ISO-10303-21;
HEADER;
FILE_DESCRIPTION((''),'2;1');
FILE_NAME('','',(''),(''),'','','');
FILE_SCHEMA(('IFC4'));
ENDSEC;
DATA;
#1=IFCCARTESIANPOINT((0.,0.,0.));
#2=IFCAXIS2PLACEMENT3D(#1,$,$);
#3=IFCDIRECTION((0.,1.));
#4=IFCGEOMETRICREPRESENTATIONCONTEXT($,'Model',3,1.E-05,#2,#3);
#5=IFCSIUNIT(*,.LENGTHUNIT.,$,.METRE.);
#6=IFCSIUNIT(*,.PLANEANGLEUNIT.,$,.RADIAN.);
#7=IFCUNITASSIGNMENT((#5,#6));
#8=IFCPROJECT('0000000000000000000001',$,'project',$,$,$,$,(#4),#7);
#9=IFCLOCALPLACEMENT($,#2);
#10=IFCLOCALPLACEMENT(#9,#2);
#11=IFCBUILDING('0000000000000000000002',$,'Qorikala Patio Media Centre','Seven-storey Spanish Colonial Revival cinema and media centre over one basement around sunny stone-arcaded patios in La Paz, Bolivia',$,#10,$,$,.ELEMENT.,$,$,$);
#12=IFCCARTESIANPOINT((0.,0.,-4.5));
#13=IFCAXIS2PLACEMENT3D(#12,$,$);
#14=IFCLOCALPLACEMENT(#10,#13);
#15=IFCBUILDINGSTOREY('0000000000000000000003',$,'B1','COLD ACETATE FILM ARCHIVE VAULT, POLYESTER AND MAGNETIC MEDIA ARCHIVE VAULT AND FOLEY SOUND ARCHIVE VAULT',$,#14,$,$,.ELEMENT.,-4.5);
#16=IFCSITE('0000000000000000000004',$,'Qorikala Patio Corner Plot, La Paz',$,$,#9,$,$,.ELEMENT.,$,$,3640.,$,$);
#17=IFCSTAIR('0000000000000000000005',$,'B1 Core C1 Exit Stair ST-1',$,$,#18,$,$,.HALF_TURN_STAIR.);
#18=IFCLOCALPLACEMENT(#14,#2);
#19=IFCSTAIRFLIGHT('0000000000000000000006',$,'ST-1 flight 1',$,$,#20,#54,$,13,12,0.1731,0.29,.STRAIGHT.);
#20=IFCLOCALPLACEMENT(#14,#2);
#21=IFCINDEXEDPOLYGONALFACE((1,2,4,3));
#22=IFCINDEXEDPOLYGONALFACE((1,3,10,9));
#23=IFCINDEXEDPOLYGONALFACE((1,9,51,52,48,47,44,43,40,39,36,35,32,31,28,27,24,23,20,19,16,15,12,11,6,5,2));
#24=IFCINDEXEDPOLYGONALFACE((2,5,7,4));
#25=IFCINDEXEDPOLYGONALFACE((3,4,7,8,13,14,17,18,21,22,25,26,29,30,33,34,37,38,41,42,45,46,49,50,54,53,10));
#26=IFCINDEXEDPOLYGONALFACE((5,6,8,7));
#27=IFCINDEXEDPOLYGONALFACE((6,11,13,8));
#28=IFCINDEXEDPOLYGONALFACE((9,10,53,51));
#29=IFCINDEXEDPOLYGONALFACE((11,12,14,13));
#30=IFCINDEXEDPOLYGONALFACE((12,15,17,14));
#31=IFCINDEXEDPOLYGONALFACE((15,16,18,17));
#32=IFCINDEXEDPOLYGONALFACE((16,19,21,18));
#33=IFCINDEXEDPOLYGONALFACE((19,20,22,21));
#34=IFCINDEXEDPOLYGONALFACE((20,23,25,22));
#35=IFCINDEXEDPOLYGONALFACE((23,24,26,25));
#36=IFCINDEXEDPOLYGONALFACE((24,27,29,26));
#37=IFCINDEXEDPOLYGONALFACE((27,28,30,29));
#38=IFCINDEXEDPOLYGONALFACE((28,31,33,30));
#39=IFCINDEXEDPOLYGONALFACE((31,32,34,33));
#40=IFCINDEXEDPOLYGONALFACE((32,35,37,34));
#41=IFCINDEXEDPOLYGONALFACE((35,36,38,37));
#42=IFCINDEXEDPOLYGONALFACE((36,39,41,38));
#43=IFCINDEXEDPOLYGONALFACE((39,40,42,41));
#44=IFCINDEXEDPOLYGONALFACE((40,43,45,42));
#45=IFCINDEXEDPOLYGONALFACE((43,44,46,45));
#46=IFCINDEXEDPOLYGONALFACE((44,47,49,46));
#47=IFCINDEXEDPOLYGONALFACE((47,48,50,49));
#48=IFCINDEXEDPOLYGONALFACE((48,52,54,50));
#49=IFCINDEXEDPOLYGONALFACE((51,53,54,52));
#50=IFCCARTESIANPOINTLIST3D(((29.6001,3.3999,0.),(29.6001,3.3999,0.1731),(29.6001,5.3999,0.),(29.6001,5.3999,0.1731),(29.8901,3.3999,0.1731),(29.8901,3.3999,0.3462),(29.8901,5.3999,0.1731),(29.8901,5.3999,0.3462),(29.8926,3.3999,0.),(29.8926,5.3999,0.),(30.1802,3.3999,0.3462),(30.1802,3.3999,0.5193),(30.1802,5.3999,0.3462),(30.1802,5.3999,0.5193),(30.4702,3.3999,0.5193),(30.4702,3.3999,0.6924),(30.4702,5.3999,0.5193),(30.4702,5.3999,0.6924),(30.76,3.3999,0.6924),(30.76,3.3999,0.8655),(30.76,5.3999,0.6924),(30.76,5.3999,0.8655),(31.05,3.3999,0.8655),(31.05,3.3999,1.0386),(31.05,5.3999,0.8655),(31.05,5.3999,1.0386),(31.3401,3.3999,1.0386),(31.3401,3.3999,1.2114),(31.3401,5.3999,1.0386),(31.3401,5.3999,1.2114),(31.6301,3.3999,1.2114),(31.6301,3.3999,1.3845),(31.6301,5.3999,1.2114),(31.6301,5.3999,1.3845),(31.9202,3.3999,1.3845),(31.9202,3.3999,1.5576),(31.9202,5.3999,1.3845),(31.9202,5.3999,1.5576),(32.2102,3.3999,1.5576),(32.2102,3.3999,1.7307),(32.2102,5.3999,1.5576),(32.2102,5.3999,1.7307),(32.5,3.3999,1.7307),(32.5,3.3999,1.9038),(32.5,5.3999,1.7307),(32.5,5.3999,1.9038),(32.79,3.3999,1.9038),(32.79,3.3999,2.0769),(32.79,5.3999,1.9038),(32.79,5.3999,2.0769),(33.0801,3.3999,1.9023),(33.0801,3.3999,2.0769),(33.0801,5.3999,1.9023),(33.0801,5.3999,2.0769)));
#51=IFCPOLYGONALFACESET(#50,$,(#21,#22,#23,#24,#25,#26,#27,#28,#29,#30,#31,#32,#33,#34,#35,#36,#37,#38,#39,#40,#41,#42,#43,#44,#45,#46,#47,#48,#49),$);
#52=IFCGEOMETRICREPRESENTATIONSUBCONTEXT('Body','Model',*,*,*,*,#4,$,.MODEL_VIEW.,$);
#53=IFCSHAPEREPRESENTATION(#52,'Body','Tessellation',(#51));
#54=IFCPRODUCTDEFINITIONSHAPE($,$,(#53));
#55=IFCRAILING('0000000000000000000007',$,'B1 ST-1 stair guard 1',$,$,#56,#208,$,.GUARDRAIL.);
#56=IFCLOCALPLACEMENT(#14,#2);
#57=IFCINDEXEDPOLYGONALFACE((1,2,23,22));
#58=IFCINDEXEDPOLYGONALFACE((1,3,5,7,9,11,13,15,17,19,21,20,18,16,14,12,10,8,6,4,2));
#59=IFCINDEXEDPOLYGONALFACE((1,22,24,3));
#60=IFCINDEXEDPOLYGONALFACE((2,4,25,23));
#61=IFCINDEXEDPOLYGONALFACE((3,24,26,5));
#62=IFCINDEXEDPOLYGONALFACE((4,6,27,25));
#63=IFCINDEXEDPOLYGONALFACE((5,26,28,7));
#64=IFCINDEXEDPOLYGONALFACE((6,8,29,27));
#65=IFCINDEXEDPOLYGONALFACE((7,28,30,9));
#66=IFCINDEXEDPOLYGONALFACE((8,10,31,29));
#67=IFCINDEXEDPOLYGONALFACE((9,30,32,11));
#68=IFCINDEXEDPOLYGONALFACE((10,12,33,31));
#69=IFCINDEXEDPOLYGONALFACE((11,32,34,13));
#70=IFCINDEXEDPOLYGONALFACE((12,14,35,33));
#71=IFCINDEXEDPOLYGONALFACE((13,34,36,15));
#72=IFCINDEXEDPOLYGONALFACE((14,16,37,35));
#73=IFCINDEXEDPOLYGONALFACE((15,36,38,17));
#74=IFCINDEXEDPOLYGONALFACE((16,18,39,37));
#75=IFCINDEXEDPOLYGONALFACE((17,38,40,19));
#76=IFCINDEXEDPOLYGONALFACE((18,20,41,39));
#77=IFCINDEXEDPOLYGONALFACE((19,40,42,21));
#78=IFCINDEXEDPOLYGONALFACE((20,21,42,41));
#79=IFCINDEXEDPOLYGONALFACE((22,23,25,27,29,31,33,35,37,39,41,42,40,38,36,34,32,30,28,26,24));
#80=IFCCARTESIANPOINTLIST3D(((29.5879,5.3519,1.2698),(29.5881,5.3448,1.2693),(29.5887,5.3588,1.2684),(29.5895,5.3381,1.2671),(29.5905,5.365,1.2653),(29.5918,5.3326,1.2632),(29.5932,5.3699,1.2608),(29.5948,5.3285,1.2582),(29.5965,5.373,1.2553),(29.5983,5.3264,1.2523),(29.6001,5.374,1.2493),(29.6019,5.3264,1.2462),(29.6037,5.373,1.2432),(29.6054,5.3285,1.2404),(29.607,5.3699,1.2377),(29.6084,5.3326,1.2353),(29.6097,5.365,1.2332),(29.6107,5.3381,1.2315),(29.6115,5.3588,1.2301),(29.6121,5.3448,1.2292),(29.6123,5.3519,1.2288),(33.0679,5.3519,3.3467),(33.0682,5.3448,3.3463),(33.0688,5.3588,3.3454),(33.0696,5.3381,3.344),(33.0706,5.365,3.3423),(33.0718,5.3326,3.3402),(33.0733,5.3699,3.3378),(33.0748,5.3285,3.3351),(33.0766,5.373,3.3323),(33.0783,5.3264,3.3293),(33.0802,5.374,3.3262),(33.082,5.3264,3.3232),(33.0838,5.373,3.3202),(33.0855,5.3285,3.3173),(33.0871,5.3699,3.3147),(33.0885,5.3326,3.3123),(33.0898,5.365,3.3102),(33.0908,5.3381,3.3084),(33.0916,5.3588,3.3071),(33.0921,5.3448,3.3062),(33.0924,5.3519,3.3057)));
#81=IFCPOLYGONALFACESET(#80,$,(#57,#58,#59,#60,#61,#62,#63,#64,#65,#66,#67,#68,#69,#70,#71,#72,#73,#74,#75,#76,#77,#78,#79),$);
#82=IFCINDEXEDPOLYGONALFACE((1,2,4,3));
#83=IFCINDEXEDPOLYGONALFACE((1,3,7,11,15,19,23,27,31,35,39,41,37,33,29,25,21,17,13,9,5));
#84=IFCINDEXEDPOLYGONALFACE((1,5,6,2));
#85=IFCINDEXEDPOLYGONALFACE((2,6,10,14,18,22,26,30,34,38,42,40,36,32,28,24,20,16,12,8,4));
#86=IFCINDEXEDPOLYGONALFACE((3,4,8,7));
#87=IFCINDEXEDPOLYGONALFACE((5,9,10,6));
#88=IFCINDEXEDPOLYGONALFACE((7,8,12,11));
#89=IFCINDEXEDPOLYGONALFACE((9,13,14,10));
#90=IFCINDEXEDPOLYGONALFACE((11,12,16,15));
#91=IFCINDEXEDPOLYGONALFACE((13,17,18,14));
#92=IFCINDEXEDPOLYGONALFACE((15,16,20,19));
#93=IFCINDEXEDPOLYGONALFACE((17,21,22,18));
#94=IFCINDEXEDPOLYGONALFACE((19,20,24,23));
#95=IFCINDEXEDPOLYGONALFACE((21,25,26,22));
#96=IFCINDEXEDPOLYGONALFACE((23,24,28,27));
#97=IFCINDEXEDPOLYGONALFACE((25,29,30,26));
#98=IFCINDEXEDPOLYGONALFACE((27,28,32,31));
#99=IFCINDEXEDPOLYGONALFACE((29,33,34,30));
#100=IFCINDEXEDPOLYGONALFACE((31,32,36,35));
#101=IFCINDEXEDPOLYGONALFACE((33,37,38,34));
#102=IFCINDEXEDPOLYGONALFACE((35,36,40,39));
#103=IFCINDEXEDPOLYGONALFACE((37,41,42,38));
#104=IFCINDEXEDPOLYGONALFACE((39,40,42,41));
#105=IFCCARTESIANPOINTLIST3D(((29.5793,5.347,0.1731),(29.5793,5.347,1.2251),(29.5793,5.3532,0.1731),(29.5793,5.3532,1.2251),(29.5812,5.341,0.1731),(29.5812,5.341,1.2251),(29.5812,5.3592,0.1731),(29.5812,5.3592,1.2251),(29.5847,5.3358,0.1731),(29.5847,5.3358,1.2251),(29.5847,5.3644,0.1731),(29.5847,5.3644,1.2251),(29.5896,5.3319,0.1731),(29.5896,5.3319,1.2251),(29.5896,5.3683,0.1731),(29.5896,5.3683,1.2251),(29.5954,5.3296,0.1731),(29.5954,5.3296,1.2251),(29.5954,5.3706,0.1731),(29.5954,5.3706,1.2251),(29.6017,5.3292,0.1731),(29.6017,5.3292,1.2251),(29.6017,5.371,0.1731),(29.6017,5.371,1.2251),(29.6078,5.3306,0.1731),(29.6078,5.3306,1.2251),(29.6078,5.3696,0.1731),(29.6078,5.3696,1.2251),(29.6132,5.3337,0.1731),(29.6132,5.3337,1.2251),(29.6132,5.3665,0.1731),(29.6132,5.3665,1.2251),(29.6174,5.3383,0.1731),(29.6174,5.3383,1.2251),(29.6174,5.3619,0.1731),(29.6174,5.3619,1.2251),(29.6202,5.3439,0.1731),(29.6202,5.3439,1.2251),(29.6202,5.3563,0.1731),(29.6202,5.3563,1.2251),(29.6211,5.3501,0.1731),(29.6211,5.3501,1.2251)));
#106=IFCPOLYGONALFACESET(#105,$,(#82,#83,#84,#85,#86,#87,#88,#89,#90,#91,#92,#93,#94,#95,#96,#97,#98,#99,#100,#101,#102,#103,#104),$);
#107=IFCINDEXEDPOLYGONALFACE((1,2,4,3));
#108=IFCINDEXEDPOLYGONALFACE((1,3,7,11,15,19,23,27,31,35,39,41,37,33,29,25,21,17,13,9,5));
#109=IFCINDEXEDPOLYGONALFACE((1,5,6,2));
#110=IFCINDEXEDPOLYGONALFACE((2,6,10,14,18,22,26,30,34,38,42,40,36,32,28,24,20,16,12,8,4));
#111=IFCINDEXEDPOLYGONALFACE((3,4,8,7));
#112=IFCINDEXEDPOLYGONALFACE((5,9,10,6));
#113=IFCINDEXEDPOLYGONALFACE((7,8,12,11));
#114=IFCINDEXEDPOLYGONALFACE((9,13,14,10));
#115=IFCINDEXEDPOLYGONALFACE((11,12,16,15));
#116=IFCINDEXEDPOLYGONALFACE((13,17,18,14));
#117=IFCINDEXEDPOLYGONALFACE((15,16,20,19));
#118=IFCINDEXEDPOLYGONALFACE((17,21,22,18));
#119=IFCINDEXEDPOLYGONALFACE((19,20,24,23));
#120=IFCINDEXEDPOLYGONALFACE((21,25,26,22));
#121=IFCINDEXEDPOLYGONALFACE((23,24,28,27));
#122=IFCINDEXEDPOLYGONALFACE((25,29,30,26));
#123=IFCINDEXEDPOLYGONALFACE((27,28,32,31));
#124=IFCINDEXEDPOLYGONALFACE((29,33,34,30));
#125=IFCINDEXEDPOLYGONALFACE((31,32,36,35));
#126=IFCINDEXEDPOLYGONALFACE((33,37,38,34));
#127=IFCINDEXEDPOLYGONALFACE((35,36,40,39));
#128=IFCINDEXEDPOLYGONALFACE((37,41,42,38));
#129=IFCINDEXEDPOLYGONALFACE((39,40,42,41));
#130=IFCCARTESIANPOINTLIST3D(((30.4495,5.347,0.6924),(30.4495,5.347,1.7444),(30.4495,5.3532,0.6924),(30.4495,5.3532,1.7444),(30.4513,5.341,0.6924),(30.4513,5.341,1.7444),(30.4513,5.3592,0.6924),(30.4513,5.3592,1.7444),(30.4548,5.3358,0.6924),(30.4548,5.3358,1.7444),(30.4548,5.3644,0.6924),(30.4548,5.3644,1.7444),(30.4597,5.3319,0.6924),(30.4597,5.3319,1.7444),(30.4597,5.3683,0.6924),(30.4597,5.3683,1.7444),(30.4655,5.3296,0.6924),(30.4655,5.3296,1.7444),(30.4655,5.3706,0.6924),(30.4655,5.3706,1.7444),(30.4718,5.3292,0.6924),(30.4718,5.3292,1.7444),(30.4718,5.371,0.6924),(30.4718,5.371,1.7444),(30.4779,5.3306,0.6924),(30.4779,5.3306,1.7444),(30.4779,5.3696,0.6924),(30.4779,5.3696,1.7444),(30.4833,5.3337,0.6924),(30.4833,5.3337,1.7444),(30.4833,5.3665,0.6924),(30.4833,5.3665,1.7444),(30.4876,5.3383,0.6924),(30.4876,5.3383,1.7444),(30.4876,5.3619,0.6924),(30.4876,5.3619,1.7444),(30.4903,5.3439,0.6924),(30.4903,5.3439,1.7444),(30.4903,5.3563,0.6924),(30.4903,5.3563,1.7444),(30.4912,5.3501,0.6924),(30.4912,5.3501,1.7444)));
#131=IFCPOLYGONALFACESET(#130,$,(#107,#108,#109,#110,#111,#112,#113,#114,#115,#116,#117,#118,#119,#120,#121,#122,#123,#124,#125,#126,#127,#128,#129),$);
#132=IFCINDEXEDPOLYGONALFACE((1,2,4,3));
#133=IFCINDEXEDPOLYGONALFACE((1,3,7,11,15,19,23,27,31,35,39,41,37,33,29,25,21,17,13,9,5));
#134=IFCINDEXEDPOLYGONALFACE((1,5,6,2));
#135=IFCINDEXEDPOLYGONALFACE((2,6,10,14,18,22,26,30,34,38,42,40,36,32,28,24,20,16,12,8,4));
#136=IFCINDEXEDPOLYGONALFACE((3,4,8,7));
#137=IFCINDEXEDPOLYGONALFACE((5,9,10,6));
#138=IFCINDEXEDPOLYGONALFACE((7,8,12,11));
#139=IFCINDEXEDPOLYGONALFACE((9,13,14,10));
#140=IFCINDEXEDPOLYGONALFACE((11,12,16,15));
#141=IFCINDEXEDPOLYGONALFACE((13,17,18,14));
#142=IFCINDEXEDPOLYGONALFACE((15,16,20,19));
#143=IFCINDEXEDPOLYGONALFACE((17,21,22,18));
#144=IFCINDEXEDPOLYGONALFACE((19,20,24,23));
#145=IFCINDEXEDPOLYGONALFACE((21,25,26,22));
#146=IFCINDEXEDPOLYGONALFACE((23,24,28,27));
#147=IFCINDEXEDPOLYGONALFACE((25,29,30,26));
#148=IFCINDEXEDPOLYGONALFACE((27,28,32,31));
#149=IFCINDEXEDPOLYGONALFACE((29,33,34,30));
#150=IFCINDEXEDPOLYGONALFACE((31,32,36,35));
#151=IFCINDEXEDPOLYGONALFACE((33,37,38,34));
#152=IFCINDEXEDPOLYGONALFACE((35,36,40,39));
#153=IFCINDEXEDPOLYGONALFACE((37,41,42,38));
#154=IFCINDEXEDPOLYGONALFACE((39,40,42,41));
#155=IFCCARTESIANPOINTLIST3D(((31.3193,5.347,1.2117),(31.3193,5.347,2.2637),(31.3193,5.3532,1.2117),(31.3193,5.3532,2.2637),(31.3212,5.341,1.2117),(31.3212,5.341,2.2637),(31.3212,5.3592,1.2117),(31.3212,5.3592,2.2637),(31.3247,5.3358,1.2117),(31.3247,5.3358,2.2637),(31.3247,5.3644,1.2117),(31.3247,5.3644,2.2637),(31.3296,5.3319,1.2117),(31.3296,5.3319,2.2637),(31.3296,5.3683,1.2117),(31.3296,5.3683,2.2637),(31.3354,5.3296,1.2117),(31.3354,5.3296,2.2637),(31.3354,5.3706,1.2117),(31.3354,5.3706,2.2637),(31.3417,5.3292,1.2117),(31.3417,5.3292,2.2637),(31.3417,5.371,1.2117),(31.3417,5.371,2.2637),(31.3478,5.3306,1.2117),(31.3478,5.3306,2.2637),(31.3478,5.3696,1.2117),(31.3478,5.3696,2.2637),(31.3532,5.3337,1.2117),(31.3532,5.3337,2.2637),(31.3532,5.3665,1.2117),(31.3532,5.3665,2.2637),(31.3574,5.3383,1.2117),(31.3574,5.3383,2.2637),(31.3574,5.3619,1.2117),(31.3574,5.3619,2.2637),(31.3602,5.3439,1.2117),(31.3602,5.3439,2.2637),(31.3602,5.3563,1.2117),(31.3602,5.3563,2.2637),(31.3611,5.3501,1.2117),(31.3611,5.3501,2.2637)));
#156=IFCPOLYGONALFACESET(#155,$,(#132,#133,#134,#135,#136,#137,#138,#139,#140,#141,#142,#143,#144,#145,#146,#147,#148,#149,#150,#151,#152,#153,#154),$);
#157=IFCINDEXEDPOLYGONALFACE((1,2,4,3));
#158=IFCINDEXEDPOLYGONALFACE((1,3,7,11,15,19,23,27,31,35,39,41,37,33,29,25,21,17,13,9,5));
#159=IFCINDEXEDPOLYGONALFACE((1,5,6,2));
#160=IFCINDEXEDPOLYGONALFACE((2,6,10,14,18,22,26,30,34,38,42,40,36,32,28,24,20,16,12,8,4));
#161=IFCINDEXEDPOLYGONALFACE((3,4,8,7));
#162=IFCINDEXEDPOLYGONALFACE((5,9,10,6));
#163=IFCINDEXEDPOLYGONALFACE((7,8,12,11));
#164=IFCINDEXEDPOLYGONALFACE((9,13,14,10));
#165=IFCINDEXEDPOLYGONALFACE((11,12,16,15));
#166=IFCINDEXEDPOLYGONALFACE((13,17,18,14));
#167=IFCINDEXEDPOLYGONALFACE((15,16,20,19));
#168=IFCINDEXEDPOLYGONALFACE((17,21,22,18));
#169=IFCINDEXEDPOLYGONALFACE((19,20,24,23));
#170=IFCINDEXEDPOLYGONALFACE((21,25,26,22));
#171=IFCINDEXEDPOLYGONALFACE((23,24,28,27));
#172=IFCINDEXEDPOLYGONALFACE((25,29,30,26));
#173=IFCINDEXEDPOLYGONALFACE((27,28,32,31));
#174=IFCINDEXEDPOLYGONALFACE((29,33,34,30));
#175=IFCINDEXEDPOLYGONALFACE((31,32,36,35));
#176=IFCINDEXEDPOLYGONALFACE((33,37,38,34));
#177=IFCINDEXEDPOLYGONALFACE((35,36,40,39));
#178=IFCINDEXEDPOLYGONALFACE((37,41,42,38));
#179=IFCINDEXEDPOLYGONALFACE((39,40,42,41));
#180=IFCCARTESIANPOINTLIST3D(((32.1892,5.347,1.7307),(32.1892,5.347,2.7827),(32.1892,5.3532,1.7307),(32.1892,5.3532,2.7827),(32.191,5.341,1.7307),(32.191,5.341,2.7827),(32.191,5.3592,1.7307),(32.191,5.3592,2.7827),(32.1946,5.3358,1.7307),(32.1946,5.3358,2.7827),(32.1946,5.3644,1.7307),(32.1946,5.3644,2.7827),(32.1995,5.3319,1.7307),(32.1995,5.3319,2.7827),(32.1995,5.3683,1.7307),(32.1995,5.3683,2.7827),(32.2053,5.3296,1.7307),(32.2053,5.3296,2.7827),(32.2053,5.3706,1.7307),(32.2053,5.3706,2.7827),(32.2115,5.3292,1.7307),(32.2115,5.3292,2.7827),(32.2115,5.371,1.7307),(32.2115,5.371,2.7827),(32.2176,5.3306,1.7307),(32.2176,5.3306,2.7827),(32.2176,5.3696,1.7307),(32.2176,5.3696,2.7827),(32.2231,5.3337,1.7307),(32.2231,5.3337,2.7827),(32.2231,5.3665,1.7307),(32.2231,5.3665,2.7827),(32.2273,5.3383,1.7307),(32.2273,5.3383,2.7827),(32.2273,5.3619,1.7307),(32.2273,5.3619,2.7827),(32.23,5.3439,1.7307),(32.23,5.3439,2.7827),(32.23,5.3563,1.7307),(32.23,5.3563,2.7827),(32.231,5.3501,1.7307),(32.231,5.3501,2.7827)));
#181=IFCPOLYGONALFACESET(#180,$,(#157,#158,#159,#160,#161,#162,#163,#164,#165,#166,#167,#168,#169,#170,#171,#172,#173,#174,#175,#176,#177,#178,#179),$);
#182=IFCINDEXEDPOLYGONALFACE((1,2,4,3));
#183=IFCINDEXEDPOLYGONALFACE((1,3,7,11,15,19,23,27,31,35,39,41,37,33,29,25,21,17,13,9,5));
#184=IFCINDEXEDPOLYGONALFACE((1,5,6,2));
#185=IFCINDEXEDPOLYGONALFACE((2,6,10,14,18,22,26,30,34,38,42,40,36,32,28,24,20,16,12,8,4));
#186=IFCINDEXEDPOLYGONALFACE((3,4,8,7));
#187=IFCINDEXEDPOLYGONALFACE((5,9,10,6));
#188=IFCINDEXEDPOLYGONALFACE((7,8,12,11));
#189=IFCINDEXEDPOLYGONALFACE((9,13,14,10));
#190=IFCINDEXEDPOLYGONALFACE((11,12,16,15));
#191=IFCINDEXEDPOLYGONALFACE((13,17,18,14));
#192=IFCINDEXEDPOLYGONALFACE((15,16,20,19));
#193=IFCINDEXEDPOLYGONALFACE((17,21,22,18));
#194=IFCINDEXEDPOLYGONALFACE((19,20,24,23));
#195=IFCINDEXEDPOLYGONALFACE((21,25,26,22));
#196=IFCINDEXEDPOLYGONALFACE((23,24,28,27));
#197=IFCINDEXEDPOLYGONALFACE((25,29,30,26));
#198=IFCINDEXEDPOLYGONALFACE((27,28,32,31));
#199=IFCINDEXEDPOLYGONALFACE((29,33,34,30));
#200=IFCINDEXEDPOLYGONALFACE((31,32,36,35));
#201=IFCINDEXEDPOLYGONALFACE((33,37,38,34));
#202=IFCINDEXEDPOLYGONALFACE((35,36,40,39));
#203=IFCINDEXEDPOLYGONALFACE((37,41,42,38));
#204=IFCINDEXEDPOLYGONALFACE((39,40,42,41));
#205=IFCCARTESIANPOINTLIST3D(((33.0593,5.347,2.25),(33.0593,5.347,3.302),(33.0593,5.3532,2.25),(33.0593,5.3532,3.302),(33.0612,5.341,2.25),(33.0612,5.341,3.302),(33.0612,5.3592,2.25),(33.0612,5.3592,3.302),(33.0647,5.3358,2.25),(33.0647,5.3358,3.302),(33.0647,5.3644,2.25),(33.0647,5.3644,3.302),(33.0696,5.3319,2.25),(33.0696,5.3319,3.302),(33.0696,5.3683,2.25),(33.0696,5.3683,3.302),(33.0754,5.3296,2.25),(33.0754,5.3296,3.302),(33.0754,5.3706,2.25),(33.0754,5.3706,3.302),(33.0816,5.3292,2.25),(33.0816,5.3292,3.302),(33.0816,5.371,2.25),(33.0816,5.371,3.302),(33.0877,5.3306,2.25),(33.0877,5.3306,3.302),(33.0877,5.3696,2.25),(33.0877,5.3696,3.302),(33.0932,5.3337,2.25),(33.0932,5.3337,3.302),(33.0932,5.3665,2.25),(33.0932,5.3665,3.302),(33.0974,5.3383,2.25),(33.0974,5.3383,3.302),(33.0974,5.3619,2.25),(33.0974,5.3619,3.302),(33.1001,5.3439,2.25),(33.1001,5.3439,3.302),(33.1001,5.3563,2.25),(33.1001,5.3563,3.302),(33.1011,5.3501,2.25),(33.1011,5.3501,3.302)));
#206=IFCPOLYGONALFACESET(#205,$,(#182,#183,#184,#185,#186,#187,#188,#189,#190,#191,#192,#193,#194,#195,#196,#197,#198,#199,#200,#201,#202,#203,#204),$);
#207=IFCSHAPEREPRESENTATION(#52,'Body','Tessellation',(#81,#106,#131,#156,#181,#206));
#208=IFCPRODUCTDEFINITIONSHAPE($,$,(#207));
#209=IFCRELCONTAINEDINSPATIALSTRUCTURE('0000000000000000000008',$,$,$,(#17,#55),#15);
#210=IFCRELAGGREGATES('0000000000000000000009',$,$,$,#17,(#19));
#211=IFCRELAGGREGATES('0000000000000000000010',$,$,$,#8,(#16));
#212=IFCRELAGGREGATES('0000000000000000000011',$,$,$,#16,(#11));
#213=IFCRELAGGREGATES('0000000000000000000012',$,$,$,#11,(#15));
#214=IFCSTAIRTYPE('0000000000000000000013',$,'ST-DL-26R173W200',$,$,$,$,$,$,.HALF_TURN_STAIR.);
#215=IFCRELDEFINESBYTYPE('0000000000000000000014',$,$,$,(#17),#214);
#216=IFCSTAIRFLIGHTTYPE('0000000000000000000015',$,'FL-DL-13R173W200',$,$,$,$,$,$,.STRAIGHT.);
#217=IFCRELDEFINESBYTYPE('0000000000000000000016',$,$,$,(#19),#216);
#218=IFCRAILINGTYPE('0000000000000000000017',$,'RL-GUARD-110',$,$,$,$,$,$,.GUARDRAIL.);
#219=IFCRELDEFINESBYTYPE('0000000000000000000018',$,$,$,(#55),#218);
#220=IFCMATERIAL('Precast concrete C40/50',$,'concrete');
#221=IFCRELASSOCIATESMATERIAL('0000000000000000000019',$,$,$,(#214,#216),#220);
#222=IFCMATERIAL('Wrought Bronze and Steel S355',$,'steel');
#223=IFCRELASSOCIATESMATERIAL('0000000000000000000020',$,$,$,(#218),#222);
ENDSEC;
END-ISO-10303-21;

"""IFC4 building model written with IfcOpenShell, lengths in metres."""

from ifc_helpers import new_model, si_unit, direction, frame, origin, origin_2d, place, context, subcontext, project, spatial, polyline, circle, outline, extrude, material, type_object, element, aggregate, save


model = new_model("IFC4")

# Units and contexts
model_context = context("Model", 3, precision=1e-05, world=origin(), true_north=direction((0.0, 1.0)))
body_context = subcontext(model_context, "Body", "Model", "MODEL_VIEW")
ifc_project = project(units=[si_unit("LENGTHUNIT", "METRE"), si_unit("PLANEANGLEUNIT", "RADIAN")], contexts=[model_context])

# Site, building, storey
site_placement = place(None, origin())
site = spatial("IfcSite", under=ifc_project, at=site_placement, Name="Qorikala Patio Corner Plot, La Paz", CompositionType="ELEMENT", RefElevation=3640.0)
building_placement = place(site_placement, origin())
building = spatial("IfcBuilding", under=site, at=building_placement, Name="Qorikala Patio Media Centre", Description="Seven-storey Spanish Colonial Revival cinema and media centre over one basement around sunny stone-arcaded patios in La Paz, Bolivia", CompositionType="ELEMENT")
storey_placement = place(building_placement, frame((0.0, 0.0, -4.5)))
storey = spatial("IfcBuildingStorey", under=building, at=storey_placement, Name="B1", Description="COLD ACETATE FILM ARCHIVE VAULT, POLYESTER AND MAGNETIC MEDIA ARCHIVE VAULT AND FOLEY SOUND ARCHIVE VAULT", CompositionType="ELEMENT", Elevation=-4.5)

# Stair, stair flight
ifc_material_1 = material(Name="Precast concrete C40/50", Category="concrete")
stair_type = type_object("IfcStairType", Name="ST-DL-26R173W200", PredefinedType="HALF_TURN_STAIR", material=ifc_material_1)
stair_placement = place(storey_placement, origin())
stair = element("IfcStair", 1, at=stair_placement, inside=storey, type_object=stair_type, Name="B1 Core C1 Exit Stair ST-1", PredefinedType="HALF_TURN_STAIR")
stair_flight_type = type_object("IfcStairFlightType", Name="FL-DL-13R173W200", PredefinedType="STRAIGHT", material=ifc_material_1)
stair_flight_placement = place(storey_placement, frame((29.6001, 4.3999, 0.0), z_axis=(0.0, 0.0, 1.0), x_axis=(1.0, 0.0, 0.0)))
stair_flight = element("IfcStairFlight", 2, at=stair_flight_placement, type_object=stair_flight_type, Name="ST-1 flight 1", NumberOfRisers=13, NumberOfTreads=12, PredefinedType="STRAIGHT", RiserHeight=0.1731, TreadLength=0.29, context=body_context, shape_type="SweptSolid", body=[
    extrude(outline(polyline([(0.0, 0.0), (0.0, 0.1731), (0.29, 0.1731), (0.29, 0.3462), (0.5801, 0.3462), (0.5801, 0.5193), (0.8701, 0.5193), (0.8701, 0.6924), (1.1599, 0.6924), (1.1599, 0.8655), (1.45, 0.8655), (1.45, 1.0386), (1.74, 1.0386), (1.74, 1.2114), (2.03, 1.2114), (2.03, 1.3845), (2.3201, 1.3845), (2.3201, 1.5576), (2.6101, 1.5576), (2.6101, 1.7307), (2.8999, 1.7307), (2.8999, 1.9038), (3.1899, 1.9038), (3.1899, 2.0769), (3.48, 2.0769), (3.48, 2.25), (3.48, 1.9023), (0.2925, 0.0), (0.0, 0.0)])), frame((0.0, 1.0, 0.0), z_axis=(0.0, -1.0, 0.0), x_axis=(1.0, 0.0, 0.0)), (0.0, 0.0, 1.0), 2.0),
])
aggregate(stair, [stair_flight])

# Railing
ifc_material_2 = material(Name="Wrought Bronze and Steel S355", Category="steel")
railing_type_1 = type_object("IfcRailingType", Name="RL-GUARD-110", PredefinedType="GUARDRAIL", material=ifc_material_2)
railing_1_placement = place(storey_placement, frame((29.6001, 5.3501, 0.1731)))
element("IfcRailing", 3, at=railing_1_placement, inside=storey, type_object=railing_type_1, Name="B1 ST-1 stair guard 1", PredefinedType="GUARDRAIL", context=body_context, shape_type="SweptSolid", body=[
    extrude(circle(Radius=0.0239, at=origin_2d()), frame((0.0, 0.0, 1.0762), z_axis=(0.858697, 0.0, 0.512483), x_axis=(0.0, 1.0, 0.0)), (0.0, 0.0, 1.0), 4.0527),
    extrude(circle(Radius=0.021, at=origin_2d()), origin(), (0.0, 0.0, 1.0), 1.052),
    extrude(circle(Radius=0.021, at=origin_2d()), frame((0.8701, 0.0, 0.5193)), (0.0, 0.0, 1.0), 1.052),
    extrude(circle(Radius=0.021, at=origin_2d()), frame((1.74, 0.0, 1.0386)), (0.0, 0.0, 1.0), 1.052),
    extrude(circle(Radius=0.021, at=origin_2d()), frame((2.6099, 0.0, 1.5576)), (0.0, 0.0, 1.0), 1.052),
    extrude(circle(Radius=0.021, at=origin_2d()), frame((3.48, 0.0, 2.0769)), (0.0, 0.0, 1.0), 1.052),
])

save(model, "model.ifc")
